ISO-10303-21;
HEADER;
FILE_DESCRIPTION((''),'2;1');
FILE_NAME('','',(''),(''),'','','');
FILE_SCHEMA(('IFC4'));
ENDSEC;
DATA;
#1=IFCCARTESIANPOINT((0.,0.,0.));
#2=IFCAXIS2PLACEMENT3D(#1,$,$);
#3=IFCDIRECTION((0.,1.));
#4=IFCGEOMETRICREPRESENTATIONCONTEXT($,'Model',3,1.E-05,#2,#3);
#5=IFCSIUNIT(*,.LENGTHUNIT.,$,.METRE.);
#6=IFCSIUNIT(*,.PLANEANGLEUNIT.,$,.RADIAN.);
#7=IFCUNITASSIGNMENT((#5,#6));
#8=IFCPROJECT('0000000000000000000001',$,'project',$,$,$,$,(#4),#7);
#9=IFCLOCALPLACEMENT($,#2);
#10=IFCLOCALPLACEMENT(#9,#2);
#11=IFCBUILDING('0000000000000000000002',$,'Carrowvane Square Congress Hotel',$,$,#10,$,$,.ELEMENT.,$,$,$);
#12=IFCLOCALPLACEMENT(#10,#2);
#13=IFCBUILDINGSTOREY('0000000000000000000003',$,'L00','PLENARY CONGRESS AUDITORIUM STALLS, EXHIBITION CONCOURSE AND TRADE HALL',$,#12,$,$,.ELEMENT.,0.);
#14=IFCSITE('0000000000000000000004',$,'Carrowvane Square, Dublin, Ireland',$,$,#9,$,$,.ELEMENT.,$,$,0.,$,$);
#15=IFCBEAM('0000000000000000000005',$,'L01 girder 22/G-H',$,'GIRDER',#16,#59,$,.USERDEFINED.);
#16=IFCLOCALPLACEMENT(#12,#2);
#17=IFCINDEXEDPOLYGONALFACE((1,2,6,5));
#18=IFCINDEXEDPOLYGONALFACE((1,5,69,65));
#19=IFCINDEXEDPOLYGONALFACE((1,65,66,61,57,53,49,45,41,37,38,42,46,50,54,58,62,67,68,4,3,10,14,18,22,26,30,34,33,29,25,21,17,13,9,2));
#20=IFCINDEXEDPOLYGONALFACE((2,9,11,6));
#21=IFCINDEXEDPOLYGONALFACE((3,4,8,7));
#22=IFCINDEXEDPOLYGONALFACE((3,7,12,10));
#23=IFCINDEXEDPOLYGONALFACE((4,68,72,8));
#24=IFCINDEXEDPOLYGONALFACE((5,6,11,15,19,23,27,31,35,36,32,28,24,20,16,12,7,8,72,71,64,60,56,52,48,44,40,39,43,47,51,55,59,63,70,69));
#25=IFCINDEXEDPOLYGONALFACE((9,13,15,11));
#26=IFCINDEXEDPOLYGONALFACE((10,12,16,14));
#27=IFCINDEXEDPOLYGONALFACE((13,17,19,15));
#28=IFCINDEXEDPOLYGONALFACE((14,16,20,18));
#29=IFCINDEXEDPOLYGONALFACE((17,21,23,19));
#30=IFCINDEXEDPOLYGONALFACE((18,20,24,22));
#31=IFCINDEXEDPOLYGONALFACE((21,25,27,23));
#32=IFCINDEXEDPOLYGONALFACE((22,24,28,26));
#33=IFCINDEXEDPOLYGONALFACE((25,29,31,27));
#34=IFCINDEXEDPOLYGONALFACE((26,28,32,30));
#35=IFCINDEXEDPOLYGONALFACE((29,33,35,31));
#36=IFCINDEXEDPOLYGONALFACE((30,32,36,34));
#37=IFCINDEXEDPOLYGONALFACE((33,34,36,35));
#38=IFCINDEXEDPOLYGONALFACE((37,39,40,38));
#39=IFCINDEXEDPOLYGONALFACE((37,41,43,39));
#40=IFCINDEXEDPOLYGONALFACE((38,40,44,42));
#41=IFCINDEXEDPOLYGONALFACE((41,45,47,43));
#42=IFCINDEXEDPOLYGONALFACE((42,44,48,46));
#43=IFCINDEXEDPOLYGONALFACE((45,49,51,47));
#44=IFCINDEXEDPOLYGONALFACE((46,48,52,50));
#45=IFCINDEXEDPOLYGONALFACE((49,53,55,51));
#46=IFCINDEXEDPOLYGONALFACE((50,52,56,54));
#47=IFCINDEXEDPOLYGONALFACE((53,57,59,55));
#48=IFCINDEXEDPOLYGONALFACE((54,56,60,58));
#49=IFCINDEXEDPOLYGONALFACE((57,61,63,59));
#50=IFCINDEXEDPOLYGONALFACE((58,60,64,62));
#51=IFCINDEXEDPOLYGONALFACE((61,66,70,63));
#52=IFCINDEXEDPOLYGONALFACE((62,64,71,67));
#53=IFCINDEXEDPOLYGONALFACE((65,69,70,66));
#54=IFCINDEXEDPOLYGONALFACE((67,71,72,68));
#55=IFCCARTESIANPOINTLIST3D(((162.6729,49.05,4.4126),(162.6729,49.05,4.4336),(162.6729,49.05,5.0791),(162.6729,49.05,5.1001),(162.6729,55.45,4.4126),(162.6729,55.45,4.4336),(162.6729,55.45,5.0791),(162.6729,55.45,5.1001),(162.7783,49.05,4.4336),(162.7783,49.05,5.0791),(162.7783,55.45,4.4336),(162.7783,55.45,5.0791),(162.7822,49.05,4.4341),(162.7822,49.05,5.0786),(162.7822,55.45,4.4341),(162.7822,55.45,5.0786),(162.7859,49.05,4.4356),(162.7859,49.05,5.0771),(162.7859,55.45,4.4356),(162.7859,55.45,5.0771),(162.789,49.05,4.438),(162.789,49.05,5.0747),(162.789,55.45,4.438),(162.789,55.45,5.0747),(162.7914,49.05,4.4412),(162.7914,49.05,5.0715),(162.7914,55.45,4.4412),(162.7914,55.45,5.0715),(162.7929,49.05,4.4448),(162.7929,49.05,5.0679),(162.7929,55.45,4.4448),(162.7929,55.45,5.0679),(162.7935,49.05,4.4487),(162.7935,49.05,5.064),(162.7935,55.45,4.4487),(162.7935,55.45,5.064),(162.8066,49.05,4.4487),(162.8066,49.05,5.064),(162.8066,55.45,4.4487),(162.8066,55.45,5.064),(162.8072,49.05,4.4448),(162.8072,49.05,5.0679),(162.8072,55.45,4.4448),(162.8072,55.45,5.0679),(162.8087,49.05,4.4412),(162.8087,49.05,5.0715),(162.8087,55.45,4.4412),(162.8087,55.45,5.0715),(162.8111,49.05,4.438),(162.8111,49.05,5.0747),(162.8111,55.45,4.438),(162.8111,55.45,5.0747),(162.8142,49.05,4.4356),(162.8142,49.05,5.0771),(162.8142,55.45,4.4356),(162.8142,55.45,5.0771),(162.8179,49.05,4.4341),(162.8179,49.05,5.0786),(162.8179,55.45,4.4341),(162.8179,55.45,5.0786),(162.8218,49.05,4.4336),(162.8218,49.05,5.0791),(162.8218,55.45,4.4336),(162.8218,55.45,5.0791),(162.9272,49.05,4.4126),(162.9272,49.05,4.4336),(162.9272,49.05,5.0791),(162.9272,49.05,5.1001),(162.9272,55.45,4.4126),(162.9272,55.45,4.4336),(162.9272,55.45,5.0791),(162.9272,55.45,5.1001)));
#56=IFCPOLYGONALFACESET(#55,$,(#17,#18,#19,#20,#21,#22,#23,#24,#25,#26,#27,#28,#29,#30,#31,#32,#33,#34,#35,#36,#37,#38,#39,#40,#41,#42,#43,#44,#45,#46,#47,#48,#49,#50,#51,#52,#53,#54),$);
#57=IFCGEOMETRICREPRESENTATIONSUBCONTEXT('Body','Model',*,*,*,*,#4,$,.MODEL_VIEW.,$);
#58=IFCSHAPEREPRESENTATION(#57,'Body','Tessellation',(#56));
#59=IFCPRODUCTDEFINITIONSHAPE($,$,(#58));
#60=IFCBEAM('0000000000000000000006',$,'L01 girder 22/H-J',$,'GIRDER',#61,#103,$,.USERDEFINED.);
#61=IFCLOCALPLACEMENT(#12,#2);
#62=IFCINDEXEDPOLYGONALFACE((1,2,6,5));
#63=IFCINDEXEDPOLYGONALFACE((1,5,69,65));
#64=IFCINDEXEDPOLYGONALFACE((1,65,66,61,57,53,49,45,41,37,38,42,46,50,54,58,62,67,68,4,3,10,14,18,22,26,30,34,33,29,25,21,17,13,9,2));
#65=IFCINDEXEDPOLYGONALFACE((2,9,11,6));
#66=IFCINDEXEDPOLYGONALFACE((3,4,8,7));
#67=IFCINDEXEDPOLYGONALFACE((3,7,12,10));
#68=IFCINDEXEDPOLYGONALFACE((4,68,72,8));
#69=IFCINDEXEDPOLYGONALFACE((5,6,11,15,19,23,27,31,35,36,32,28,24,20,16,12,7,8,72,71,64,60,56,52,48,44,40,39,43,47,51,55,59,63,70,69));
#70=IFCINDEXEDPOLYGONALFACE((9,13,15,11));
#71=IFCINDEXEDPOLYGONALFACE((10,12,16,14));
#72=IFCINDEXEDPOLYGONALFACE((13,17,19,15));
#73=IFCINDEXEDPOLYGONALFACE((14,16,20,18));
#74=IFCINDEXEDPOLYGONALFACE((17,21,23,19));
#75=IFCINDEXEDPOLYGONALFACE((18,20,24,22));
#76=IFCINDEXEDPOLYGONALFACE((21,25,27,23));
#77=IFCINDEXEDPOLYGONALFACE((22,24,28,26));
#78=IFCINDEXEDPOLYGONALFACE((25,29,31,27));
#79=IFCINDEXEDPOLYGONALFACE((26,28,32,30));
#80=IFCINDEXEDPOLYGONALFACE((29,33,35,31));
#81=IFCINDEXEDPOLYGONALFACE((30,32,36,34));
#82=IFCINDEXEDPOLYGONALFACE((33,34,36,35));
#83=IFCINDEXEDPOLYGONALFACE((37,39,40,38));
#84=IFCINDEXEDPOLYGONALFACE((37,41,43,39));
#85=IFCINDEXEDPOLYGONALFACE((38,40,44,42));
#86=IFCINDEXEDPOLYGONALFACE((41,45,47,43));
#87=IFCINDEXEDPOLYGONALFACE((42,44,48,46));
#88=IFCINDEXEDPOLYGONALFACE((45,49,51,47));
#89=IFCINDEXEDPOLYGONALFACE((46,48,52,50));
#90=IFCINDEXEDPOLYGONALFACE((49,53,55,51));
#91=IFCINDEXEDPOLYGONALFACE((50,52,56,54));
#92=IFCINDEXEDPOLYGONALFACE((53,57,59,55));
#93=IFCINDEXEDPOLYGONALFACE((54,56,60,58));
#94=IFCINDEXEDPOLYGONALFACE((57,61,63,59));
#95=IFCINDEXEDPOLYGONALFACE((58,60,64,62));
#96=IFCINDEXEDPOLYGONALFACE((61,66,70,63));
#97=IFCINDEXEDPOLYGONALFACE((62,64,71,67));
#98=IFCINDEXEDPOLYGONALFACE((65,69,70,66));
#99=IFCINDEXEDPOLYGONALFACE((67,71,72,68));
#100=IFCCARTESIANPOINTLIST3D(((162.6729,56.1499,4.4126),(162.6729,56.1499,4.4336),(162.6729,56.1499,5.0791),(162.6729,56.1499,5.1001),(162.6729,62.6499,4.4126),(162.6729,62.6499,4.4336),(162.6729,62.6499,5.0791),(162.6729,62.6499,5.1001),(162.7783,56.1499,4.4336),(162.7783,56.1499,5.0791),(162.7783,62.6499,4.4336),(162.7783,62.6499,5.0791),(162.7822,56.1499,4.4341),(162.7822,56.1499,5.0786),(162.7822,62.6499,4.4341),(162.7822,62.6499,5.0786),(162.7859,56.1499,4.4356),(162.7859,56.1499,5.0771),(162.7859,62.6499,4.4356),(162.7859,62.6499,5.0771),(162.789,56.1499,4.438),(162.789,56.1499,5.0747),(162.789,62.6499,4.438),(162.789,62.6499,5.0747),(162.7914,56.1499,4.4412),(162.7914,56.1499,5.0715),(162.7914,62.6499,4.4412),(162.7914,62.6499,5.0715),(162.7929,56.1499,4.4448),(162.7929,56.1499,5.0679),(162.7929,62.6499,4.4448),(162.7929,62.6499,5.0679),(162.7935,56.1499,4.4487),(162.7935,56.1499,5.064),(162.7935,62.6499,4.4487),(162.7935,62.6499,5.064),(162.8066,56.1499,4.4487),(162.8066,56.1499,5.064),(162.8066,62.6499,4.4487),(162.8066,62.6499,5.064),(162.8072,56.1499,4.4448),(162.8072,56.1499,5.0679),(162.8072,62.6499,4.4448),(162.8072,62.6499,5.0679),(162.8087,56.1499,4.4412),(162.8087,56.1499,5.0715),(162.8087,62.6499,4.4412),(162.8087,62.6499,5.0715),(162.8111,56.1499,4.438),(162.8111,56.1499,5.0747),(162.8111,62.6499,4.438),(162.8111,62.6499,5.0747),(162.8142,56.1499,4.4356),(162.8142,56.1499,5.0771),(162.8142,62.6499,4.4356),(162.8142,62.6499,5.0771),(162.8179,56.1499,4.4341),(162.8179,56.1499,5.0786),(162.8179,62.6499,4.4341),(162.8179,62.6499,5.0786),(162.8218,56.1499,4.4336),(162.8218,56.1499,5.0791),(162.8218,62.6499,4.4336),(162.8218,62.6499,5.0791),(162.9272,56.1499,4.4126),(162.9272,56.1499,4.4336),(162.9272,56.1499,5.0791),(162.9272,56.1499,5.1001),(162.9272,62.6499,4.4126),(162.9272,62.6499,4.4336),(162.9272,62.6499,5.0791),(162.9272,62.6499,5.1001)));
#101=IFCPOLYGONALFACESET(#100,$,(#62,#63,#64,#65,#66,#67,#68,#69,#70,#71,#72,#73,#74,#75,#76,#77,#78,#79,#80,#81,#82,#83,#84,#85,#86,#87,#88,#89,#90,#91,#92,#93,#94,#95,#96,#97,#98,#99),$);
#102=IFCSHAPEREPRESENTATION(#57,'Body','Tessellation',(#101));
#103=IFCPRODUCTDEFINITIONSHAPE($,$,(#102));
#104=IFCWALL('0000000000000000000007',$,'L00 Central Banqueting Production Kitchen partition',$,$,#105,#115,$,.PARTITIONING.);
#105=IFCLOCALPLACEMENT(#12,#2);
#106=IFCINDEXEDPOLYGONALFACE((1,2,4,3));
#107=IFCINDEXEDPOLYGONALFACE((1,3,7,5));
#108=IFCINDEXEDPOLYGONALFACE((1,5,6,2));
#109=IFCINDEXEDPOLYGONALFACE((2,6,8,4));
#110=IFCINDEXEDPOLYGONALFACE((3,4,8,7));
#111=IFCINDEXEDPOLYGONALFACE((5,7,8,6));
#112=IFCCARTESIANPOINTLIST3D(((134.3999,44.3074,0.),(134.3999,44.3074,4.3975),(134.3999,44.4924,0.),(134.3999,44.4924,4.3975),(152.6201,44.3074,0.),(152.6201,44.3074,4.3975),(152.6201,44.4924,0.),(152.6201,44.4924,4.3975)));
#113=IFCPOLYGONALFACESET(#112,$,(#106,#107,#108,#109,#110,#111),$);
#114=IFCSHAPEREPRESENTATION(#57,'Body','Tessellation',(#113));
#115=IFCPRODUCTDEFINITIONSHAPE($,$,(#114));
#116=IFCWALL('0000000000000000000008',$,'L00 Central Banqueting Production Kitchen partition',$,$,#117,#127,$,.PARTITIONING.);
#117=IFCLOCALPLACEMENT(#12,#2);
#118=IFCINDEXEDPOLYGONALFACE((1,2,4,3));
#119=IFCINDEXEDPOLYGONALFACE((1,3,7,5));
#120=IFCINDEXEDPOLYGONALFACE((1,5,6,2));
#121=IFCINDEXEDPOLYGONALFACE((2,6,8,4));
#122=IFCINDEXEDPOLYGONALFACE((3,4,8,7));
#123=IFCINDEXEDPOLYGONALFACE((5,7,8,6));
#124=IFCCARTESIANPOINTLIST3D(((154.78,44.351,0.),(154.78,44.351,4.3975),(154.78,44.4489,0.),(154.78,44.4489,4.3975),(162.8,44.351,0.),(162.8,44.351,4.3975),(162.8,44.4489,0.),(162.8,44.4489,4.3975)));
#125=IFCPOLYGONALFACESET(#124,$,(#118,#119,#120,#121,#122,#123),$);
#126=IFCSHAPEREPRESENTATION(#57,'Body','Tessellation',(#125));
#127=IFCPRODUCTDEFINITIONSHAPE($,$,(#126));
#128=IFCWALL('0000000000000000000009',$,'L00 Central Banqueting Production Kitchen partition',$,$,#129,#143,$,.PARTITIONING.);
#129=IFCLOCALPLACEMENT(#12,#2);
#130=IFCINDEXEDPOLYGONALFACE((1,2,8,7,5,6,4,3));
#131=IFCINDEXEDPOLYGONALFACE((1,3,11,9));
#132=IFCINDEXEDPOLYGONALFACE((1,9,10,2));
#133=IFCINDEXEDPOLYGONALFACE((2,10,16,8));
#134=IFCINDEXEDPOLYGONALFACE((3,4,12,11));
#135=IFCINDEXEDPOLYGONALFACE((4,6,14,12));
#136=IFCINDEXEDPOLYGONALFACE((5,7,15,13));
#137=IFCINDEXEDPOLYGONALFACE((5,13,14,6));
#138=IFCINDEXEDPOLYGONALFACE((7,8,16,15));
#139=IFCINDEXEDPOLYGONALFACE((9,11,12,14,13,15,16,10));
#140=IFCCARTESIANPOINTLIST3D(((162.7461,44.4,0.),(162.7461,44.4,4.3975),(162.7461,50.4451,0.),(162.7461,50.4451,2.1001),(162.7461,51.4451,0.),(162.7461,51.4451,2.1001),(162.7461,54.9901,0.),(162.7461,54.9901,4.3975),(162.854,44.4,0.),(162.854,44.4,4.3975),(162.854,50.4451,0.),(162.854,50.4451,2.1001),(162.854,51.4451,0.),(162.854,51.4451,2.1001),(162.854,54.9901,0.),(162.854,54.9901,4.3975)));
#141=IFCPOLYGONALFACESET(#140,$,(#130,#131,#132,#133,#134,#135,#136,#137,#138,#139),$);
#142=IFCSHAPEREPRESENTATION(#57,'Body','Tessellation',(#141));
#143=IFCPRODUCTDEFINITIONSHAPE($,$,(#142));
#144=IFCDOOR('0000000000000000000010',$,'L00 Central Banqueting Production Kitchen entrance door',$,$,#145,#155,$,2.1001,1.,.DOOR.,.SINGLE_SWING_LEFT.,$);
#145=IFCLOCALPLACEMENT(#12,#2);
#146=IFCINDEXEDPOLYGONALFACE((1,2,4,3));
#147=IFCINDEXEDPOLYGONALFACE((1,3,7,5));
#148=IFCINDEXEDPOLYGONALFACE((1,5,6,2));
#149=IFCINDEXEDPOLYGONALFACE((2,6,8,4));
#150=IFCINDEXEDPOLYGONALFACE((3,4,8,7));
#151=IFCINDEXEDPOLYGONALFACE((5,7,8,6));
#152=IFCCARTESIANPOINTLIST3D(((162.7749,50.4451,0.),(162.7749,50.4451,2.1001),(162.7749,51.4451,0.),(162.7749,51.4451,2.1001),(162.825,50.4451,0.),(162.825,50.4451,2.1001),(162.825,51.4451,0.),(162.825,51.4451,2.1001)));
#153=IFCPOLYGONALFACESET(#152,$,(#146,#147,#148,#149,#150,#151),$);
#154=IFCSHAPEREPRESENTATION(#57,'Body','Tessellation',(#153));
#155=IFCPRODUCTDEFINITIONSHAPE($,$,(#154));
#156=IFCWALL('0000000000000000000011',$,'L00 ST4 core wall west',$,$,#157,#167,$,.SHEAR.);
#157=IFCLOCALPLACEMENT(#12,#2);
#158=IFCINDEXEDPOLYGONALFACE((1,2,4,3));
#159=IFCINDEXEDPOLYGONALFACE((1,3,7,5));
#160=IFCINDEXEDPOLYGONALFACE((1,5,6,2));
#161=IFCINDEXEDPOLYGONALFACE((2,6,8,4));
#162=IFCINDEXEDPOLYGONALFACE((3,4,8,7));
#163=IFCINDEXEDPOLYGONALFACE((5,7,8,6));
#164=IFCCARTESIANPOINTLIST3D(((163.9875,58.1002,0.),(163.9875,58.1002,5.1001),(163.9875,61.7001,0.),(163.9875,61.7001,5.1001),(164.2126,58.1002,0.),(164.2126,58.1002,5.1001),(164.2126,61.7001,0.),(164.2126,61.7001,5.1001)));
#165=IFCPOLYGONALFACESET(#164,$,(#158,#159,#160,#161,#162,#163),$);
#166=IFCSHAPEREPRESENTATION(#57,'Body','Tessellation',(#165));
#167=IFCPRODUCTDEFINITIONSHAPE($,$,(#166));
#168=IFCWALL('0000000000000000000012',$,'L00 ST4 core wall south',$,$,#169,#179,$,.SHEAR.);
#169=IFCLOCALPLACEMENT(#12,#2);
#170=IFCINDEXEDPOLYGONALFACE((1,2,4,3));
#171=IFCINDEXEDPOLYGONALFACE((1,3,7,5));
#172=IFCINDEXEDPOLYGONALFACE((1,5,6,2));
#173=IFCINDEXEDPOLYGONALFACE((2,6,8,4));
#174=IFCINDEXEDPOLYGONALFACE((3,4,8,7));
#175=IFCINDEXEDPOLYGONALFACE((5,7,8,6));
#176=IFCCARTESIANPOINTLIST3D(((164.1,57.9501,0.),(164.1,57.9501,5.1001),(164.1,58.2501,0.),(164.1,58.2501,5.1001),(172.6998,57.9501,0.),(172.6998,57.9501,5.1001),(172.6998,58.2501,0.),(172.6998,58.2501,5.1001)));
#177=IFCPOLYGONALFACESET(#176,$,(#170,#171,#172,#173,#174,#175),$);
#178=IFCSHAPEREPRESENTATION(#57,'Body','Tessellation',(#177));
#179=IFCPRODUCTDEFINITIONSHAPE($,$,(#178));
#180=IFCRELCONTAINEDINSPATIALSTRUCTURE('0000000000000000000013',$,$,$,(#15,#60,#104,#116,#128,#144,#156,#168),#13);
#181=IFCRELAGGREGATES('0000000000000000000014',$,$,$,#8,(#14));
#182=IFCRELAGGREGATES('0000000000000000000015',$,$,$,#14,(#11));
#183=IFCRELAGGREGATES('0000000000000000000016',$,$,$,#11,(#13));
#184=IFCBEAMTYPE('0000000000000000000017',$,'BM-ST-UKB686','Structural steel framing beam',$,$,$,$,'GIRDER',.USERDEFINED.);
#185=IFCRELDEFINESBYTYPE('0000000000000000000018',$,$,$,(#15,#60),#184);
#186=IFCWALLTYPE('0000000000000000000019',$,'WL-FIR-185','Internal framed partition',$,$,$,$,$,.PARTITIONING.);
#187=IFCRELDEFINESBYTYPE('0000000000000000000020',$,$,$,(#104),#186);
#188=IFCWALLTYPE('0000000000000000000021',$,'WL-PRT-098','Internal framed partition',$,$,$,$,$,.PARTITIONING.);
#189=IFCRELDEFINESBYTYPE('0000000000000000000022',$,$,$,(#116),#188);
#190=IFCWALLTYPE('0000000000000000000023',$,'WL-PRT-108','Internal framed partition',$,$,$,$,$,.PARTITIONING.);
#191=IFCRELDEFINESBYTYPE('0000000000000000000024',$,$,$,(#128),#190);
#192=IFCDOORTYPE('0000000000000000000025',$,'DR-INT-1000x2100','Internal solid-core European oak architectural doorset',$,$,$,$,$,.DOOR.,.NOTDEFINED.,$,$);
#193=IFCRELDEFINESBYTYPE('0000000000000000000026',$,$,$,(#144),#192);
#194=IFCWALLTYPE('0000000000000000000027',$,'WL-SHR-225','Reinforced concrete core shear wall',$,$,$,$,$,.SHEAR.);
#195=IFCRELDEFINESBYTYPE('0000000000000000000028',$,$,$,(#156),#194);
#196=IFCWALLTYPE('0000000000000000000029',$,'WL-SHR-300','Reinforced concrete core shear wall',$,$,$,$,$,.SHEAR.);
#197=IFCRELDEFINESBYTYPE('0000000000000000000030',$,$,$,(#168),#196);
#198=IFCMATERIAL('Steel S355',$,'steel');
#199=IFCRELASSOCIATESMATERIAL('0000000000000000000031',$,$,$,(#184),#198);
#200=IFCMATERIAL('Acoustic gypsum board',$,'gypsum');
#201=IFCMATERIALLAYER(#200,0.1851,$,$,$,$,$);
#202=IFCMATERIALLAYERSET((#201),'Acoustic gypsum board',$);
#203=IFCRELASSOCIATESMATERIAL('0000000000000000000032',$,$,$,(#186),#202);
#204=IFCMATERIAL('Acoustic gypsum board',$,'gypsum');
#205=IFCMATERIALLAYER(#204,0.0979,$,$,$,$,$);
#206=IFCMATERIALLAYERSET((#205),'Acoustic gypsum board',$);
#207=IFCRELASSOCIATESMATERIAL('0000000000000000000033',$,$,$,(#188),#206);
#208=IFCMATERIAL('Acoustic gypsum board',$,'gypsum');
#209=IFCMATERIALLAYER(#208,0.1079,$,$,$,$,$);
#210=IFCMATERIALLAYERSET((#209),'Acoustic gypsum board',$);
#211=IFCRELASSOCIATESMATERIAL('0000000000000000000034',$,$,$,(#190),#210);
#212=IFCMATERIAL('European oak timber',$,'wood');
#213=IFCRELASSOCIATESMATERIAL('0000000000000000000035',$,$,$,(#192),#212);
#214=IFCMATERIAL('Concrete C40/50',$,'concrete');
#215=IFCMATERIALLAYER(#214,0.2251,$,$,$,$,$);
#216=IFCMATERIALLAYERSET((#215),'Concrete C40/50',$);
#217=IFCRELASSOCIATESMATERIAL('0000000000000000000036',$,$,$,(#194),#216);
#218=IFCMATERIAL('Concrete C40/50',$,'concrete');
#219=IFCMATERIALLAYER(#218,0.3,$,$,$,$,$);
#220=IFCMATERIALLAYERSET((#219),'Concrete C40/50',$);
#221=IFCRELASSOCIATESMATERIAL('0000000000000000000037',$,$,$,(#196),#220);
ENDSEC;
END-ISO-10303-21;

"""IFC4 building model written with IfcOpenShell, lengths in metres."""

from ifc_helpers import new_model, si_unit, direction, frame, frame_2d, origin, origin_2d, place, context, subcontext, project, spatial, rectangle, i_section, extrude, material, layer, layer_set, material_profile, profile_set, type_object, element, fill, save


model = new_model("IFC4")

# Units and contexts
model_context = context("Model", 3, precision=1e-05, world=origin(), true_north=direction((0.0, 1.0)))
body_context = subcontext(model_context, "Body", "Model", "MODEL_VIEW")
ifc_project = project(units=[si_unit("LENGTHUNIT", "METRE"), si_unit("PLANEANGLEUNIT", "RADIAN")], contexts=[model_context])

# Site, building, storey
site_placement = place(None, origin())
site = spatial("IfcSite", under=ifc_project, at=site_placement, Name="Carrowvane Square, Dublin, Ireland", CompositionType="ELEMENT", RefElevation=0.0)
building_placement = place(site_placement, origin())
building = spatial("IfcBuilding", under=site, at=building_placement, Name="Carrowvane Square Congress Hotel", CompositionType="ELEMENT")
storey_placement = place(building_placement, origin())
storey = spatial("IfcBuildingStorey", under=building, at=storey_placement, Name="L00", Description="PLENARY CONGRESS AUDITORIUM STALLS, EXHIBITION CONCOURSE AND TRADE HALL", CompositionType="ELEMENT", Elevation=0.0)

# Beams
ifc_material_1 = material(Name="Steel S355", Category="steel")
ifc_material_profile_1 = material_profile(ifc_material_1, i_section(OverallWidth=0.2544, OverallDepth=0.6875, WebThickness=0.0132, FlangeThickness=0.021, FilletRadius=0.0151, at=origin_2d()), Name="UKB 686x254x152")
ifc_profile_set_1 = profile_set([ifc_material_profile_1], Name="Steel S355")
beam_type_1 = type_object("IfcBeamType", Name="BM-ST-UKB686", Description="Structural steel framing beam", ElementType="GIRDER", PredefinedType="USERDEFINED", material=ifc_profile_set_1)
beam_1_placement = place(storey_placement, frame((162.8, 49.05, 4.7563), z_axis=(0.0, 1.0, 0.0), x_axis=(-1.0, 0.0, 0.0)))
element("IfcBeam", 1, at=beam_1_placement, inside=storey, type_object=beam_type_1, Name="L01 girder 22/G-H", ObjectType="GIRDER", PredefinedType="USERDEFINED", context=body_context, shape_type="SweptSolid", body=[
    extrude(i_section(OverallWidth=0.2544, OverallDepth=0.6875, WebThickness=0.0132, FlangeThickness=0.021, FilletRadius=0.0151, at=origin_2d()), origin(), (0.0, 0.0, 1.0), 6.3999),
])
beam_2_placement = place(storey_placement, frame((162.8, 56.1499, 4.7563), z_axis=(0.0, 1.0, 0.0), x_axis=(-1.0, 0.0, 0.0)))
element("IfcBeam", 2, at=beam_2_placement, inside=storey, type_object=beam_type_1, Name="L01 girder 22/H-J", ObjectType="GIRDER", PredefinedType="USERDEFINED", context=body_context, shape_type="SweptSolid", body=[
    extrude(i_section(OverallWidth=0.2544, OverallDepth=0.6875, WebThickness=0.0132, FlangeThickness=0.021, FilletRadius=0.0151, at=origin_2d()), origin(), (0.0, 0.0, 1.0), 6.5),
])

# Walls
ifc_material_2 = material(Name="Acoustic gypsum board", Category="gypsum")
ifc_layer_1 = layer(ifc_material_2, 0.1851)
ifc_layer_set_1 = layer_set([ifc_layer_1], Name="Acoustic gypsum board")
wall_type_1 = type_object("IfcWallType", Name="WL-FIR-185", Description="Internal framed partition", PredefinedType="PARTITIONING", material=ifc_layer_set_1)
wall_1_placement = place(storey_placement, frame((152.6201, 44.3999, 0.0), z_axis=(0.0, 0.0, 1.0), x_axis=(-1.0, 0.0, 0.0)))
element("IfcWall", 3, at=wall_1_placement, inside=storey, type_object=wall_type_1, Name="L00 Central Banqueting Production Kitchen partition", PredefinedType="PARTITIONING", context=body_context, shape_type="SweptSolid", body=[
    extrude(rectangle(XDim=18.2202, YDim=0.1851, at=frame_2d((9.1101, 0.0))), origin(), (0.0, 0.0, 1.0), 4.3975),
])
ifc_material_3 = material(Name="Acoustic gypsum board", Category="gypsum")
ifc_layer_2 = layer(ifc_material_3, 0.0979)
ifc_layer_set_2 = layer_set([ifc_layer_2], Name="Acoustic gypsum board")
wall_type_2 = type_object("IfcWallType", Name="WL-PRT-098", Description="Internal framed partition", PredefinedType="PARTITIONING", material=ifc_layer_set_2)
wall_2_placement = place(storey_placement, frame((162.8, 44.3999, 0.0), z_axis=(0.0, 0.0, 1.0), x_axis=(-1.0, 0.0, 0.0)))
element("IfcWall", 4, at=wall_2_placement, inside=storey, type_object=wall_type_2, Name="L00 Central Banqueting Production Kitchen partition", PredefinedType="PARTITIONING", context=body_context, shape_type="SweptSolid", body=[
    extrude(rectangle(XDim=8.02, YDim=0.0979, at=frame_2d((4.01, 0.0))), origin(), (0.0, 0.0, 1.0), 4.3975),
])

# Wall, opening, door
ifc_material_4 = material(Name="Acoustic gypsum board", Category="gypsum")
ifc_layer_3 = layer(ifc_material_4, 0.1079)
ifc_layer_set_3 = layer_set([ifc_layer_3], Name="Acoustic gypsum board")
wall_type_3 = type_object("IfcWallType", Name="WL-PRT-108", Description="Internal framed partition", PredefinedType="PARTITIONING", material=ifc_layer_set_3)
wall_3_placement = place(storey_placement, frame((162.8, 54.99, 0.0), z_axis=(0.0, 0.0, 1.0), x_axis=(0.0, -1.0, 0.0)))
wall_3 = element("IfcWall", 5, at=wall_3_placement, inside=storey, type_object=wall_type_3, Name="L00 Central Banqueting Production Kitchen partition", PredefinedType="PARTITIONING", context=body_context, shape_type="SweptSolid", body=[
    extrude(rectangle(XDim=10.5901, YDim=0.1079, at=frame_2d((5.2949, 0.0))), origin(), (0.0, 0.0, 1.0), 4.3975),
])
opening_placement = place(wall_3_placement, frame((3.5449, 0.0, 0.0)))
opening = element("IfcOpeningElement", 6, at=opening_placement, cuts=wall_3, PredefinedType="OPENING", context=body_context, shape_type="SweptSolid", body=[
    extrude(rectangle(XDim=1.0, YDim=2.1001, at=frame_2d((0.5, 1.05))), frame((0.0, 0.064, 0.0), z_axis=(0.0, -1.0, 0.0), x_axis=(1.0, 0.0, 0.0)), (0.0, 0.0, 1.0), 0.1279),
])
ifc_material_5 = material(Name="European oak timber", Category="wood")
door_type = type_object("IfcDoorType", Name="DR-INT-1000x2100", Description="Internal solid-core European oak architectural doorset", OperationType="NOTDEFINED", PredefinedType="DOOR", material=ifc_material_5)
door_placement = place(opening_placement, origin())
door = element("IfcDoor", 7, at=door_placement, inside=storey, type_object=door_type, Name="L00 Central Banqueting Production Kitchen entrance door", OperationType="SINGLE_SWING_LEFT", OverallHeight=2.1001, OverallWidth=1.0, PredefinedType="DOOR", context=body_context, shape_type="SweptSolid", body=[
    extrude(rectangle(XDim=1.0, YDim=2.1001, at=frame_2d((0.5, 1.05))), frame((0.0, 0.0249, 0.0), z_axis=(0.0, -1.0, 0.0), x_axis=(1.0, 0.0, 0.0)), (0.0, 0.0, 1.0), 0.05),
])
fill(opening, door)

# Walls
ifc_material_6 = material(Name="Concrete C40/50", Category="concrete")
ifc_layer_4 = layer(ifc_material_6, 0.2251)
ifc_layer_set_4 = layer_set([ifc_layer_4], Name="Concrete C40/50")
wall_type_4 = type_object("IfcWallType", Name="WL-SHR-225", Description="Reinforced concrete core shear wall", PredefinedType="SHEAR", material=ifc_layer_set_4)
wall_4_placement = place(storey_placement, frame((164.1001, 61.7, 0.0), z_axis=(0.0, 0.0, 1.0), x_axis=(0.0, -1.0, 0.0)))
element("IfcWall", 8, at=wall_4_placement, inside=storey, type_object=wall_type_4, Name="L00 ST4 core wall west", PredefinedType="SHEAR", context=body_context, shape_type="SweptSolid", body=[
    extrude(rectangle(XDim=3.5999, YDim=0.2251, at=frame_2d((1.7998, 0.0))), origin(), (0.0, 0.0, 1.0), 5.1001),
])
ifc_material_7 = material(Name="Concrete C40/50", Category="concrete")
ifc_layer_5 = layer(ifc_material_7, 0.3)
ifc_layer_set_5 = layer_set([ifc_layer_5], Name="Concrete C40/50")
wall_type_5 = type_object("IfcWallType", Name="WL-SHR-300", Description="Reinforced concrete core shear wall", PredefinedType="SHEAR", material=ifc_layer_set_5)
wall_5_placement = place(storey_placement, frame((164.1001, 58.1001, 0.0), z_axis=(0.0, 0.0, 1.0), x_axis=(1.0, 0.0, 0.0)))
element("IfcWall", 9, at=wall_5_placement, inside=storey, type_object=wall_type_5, Name="L00 ST4 core wall south", PredefinedType="SHEAR", context=body_context, shape_type="SweptSolid", body=[
    extrude(rectangle(XDim=8.5999, YDim=0.3, at=frame_2d((4.2998, 0.0))), origin(), (0.0, 0.0, 1.0), 5.1001),
])

save(model, "model.ifc")
